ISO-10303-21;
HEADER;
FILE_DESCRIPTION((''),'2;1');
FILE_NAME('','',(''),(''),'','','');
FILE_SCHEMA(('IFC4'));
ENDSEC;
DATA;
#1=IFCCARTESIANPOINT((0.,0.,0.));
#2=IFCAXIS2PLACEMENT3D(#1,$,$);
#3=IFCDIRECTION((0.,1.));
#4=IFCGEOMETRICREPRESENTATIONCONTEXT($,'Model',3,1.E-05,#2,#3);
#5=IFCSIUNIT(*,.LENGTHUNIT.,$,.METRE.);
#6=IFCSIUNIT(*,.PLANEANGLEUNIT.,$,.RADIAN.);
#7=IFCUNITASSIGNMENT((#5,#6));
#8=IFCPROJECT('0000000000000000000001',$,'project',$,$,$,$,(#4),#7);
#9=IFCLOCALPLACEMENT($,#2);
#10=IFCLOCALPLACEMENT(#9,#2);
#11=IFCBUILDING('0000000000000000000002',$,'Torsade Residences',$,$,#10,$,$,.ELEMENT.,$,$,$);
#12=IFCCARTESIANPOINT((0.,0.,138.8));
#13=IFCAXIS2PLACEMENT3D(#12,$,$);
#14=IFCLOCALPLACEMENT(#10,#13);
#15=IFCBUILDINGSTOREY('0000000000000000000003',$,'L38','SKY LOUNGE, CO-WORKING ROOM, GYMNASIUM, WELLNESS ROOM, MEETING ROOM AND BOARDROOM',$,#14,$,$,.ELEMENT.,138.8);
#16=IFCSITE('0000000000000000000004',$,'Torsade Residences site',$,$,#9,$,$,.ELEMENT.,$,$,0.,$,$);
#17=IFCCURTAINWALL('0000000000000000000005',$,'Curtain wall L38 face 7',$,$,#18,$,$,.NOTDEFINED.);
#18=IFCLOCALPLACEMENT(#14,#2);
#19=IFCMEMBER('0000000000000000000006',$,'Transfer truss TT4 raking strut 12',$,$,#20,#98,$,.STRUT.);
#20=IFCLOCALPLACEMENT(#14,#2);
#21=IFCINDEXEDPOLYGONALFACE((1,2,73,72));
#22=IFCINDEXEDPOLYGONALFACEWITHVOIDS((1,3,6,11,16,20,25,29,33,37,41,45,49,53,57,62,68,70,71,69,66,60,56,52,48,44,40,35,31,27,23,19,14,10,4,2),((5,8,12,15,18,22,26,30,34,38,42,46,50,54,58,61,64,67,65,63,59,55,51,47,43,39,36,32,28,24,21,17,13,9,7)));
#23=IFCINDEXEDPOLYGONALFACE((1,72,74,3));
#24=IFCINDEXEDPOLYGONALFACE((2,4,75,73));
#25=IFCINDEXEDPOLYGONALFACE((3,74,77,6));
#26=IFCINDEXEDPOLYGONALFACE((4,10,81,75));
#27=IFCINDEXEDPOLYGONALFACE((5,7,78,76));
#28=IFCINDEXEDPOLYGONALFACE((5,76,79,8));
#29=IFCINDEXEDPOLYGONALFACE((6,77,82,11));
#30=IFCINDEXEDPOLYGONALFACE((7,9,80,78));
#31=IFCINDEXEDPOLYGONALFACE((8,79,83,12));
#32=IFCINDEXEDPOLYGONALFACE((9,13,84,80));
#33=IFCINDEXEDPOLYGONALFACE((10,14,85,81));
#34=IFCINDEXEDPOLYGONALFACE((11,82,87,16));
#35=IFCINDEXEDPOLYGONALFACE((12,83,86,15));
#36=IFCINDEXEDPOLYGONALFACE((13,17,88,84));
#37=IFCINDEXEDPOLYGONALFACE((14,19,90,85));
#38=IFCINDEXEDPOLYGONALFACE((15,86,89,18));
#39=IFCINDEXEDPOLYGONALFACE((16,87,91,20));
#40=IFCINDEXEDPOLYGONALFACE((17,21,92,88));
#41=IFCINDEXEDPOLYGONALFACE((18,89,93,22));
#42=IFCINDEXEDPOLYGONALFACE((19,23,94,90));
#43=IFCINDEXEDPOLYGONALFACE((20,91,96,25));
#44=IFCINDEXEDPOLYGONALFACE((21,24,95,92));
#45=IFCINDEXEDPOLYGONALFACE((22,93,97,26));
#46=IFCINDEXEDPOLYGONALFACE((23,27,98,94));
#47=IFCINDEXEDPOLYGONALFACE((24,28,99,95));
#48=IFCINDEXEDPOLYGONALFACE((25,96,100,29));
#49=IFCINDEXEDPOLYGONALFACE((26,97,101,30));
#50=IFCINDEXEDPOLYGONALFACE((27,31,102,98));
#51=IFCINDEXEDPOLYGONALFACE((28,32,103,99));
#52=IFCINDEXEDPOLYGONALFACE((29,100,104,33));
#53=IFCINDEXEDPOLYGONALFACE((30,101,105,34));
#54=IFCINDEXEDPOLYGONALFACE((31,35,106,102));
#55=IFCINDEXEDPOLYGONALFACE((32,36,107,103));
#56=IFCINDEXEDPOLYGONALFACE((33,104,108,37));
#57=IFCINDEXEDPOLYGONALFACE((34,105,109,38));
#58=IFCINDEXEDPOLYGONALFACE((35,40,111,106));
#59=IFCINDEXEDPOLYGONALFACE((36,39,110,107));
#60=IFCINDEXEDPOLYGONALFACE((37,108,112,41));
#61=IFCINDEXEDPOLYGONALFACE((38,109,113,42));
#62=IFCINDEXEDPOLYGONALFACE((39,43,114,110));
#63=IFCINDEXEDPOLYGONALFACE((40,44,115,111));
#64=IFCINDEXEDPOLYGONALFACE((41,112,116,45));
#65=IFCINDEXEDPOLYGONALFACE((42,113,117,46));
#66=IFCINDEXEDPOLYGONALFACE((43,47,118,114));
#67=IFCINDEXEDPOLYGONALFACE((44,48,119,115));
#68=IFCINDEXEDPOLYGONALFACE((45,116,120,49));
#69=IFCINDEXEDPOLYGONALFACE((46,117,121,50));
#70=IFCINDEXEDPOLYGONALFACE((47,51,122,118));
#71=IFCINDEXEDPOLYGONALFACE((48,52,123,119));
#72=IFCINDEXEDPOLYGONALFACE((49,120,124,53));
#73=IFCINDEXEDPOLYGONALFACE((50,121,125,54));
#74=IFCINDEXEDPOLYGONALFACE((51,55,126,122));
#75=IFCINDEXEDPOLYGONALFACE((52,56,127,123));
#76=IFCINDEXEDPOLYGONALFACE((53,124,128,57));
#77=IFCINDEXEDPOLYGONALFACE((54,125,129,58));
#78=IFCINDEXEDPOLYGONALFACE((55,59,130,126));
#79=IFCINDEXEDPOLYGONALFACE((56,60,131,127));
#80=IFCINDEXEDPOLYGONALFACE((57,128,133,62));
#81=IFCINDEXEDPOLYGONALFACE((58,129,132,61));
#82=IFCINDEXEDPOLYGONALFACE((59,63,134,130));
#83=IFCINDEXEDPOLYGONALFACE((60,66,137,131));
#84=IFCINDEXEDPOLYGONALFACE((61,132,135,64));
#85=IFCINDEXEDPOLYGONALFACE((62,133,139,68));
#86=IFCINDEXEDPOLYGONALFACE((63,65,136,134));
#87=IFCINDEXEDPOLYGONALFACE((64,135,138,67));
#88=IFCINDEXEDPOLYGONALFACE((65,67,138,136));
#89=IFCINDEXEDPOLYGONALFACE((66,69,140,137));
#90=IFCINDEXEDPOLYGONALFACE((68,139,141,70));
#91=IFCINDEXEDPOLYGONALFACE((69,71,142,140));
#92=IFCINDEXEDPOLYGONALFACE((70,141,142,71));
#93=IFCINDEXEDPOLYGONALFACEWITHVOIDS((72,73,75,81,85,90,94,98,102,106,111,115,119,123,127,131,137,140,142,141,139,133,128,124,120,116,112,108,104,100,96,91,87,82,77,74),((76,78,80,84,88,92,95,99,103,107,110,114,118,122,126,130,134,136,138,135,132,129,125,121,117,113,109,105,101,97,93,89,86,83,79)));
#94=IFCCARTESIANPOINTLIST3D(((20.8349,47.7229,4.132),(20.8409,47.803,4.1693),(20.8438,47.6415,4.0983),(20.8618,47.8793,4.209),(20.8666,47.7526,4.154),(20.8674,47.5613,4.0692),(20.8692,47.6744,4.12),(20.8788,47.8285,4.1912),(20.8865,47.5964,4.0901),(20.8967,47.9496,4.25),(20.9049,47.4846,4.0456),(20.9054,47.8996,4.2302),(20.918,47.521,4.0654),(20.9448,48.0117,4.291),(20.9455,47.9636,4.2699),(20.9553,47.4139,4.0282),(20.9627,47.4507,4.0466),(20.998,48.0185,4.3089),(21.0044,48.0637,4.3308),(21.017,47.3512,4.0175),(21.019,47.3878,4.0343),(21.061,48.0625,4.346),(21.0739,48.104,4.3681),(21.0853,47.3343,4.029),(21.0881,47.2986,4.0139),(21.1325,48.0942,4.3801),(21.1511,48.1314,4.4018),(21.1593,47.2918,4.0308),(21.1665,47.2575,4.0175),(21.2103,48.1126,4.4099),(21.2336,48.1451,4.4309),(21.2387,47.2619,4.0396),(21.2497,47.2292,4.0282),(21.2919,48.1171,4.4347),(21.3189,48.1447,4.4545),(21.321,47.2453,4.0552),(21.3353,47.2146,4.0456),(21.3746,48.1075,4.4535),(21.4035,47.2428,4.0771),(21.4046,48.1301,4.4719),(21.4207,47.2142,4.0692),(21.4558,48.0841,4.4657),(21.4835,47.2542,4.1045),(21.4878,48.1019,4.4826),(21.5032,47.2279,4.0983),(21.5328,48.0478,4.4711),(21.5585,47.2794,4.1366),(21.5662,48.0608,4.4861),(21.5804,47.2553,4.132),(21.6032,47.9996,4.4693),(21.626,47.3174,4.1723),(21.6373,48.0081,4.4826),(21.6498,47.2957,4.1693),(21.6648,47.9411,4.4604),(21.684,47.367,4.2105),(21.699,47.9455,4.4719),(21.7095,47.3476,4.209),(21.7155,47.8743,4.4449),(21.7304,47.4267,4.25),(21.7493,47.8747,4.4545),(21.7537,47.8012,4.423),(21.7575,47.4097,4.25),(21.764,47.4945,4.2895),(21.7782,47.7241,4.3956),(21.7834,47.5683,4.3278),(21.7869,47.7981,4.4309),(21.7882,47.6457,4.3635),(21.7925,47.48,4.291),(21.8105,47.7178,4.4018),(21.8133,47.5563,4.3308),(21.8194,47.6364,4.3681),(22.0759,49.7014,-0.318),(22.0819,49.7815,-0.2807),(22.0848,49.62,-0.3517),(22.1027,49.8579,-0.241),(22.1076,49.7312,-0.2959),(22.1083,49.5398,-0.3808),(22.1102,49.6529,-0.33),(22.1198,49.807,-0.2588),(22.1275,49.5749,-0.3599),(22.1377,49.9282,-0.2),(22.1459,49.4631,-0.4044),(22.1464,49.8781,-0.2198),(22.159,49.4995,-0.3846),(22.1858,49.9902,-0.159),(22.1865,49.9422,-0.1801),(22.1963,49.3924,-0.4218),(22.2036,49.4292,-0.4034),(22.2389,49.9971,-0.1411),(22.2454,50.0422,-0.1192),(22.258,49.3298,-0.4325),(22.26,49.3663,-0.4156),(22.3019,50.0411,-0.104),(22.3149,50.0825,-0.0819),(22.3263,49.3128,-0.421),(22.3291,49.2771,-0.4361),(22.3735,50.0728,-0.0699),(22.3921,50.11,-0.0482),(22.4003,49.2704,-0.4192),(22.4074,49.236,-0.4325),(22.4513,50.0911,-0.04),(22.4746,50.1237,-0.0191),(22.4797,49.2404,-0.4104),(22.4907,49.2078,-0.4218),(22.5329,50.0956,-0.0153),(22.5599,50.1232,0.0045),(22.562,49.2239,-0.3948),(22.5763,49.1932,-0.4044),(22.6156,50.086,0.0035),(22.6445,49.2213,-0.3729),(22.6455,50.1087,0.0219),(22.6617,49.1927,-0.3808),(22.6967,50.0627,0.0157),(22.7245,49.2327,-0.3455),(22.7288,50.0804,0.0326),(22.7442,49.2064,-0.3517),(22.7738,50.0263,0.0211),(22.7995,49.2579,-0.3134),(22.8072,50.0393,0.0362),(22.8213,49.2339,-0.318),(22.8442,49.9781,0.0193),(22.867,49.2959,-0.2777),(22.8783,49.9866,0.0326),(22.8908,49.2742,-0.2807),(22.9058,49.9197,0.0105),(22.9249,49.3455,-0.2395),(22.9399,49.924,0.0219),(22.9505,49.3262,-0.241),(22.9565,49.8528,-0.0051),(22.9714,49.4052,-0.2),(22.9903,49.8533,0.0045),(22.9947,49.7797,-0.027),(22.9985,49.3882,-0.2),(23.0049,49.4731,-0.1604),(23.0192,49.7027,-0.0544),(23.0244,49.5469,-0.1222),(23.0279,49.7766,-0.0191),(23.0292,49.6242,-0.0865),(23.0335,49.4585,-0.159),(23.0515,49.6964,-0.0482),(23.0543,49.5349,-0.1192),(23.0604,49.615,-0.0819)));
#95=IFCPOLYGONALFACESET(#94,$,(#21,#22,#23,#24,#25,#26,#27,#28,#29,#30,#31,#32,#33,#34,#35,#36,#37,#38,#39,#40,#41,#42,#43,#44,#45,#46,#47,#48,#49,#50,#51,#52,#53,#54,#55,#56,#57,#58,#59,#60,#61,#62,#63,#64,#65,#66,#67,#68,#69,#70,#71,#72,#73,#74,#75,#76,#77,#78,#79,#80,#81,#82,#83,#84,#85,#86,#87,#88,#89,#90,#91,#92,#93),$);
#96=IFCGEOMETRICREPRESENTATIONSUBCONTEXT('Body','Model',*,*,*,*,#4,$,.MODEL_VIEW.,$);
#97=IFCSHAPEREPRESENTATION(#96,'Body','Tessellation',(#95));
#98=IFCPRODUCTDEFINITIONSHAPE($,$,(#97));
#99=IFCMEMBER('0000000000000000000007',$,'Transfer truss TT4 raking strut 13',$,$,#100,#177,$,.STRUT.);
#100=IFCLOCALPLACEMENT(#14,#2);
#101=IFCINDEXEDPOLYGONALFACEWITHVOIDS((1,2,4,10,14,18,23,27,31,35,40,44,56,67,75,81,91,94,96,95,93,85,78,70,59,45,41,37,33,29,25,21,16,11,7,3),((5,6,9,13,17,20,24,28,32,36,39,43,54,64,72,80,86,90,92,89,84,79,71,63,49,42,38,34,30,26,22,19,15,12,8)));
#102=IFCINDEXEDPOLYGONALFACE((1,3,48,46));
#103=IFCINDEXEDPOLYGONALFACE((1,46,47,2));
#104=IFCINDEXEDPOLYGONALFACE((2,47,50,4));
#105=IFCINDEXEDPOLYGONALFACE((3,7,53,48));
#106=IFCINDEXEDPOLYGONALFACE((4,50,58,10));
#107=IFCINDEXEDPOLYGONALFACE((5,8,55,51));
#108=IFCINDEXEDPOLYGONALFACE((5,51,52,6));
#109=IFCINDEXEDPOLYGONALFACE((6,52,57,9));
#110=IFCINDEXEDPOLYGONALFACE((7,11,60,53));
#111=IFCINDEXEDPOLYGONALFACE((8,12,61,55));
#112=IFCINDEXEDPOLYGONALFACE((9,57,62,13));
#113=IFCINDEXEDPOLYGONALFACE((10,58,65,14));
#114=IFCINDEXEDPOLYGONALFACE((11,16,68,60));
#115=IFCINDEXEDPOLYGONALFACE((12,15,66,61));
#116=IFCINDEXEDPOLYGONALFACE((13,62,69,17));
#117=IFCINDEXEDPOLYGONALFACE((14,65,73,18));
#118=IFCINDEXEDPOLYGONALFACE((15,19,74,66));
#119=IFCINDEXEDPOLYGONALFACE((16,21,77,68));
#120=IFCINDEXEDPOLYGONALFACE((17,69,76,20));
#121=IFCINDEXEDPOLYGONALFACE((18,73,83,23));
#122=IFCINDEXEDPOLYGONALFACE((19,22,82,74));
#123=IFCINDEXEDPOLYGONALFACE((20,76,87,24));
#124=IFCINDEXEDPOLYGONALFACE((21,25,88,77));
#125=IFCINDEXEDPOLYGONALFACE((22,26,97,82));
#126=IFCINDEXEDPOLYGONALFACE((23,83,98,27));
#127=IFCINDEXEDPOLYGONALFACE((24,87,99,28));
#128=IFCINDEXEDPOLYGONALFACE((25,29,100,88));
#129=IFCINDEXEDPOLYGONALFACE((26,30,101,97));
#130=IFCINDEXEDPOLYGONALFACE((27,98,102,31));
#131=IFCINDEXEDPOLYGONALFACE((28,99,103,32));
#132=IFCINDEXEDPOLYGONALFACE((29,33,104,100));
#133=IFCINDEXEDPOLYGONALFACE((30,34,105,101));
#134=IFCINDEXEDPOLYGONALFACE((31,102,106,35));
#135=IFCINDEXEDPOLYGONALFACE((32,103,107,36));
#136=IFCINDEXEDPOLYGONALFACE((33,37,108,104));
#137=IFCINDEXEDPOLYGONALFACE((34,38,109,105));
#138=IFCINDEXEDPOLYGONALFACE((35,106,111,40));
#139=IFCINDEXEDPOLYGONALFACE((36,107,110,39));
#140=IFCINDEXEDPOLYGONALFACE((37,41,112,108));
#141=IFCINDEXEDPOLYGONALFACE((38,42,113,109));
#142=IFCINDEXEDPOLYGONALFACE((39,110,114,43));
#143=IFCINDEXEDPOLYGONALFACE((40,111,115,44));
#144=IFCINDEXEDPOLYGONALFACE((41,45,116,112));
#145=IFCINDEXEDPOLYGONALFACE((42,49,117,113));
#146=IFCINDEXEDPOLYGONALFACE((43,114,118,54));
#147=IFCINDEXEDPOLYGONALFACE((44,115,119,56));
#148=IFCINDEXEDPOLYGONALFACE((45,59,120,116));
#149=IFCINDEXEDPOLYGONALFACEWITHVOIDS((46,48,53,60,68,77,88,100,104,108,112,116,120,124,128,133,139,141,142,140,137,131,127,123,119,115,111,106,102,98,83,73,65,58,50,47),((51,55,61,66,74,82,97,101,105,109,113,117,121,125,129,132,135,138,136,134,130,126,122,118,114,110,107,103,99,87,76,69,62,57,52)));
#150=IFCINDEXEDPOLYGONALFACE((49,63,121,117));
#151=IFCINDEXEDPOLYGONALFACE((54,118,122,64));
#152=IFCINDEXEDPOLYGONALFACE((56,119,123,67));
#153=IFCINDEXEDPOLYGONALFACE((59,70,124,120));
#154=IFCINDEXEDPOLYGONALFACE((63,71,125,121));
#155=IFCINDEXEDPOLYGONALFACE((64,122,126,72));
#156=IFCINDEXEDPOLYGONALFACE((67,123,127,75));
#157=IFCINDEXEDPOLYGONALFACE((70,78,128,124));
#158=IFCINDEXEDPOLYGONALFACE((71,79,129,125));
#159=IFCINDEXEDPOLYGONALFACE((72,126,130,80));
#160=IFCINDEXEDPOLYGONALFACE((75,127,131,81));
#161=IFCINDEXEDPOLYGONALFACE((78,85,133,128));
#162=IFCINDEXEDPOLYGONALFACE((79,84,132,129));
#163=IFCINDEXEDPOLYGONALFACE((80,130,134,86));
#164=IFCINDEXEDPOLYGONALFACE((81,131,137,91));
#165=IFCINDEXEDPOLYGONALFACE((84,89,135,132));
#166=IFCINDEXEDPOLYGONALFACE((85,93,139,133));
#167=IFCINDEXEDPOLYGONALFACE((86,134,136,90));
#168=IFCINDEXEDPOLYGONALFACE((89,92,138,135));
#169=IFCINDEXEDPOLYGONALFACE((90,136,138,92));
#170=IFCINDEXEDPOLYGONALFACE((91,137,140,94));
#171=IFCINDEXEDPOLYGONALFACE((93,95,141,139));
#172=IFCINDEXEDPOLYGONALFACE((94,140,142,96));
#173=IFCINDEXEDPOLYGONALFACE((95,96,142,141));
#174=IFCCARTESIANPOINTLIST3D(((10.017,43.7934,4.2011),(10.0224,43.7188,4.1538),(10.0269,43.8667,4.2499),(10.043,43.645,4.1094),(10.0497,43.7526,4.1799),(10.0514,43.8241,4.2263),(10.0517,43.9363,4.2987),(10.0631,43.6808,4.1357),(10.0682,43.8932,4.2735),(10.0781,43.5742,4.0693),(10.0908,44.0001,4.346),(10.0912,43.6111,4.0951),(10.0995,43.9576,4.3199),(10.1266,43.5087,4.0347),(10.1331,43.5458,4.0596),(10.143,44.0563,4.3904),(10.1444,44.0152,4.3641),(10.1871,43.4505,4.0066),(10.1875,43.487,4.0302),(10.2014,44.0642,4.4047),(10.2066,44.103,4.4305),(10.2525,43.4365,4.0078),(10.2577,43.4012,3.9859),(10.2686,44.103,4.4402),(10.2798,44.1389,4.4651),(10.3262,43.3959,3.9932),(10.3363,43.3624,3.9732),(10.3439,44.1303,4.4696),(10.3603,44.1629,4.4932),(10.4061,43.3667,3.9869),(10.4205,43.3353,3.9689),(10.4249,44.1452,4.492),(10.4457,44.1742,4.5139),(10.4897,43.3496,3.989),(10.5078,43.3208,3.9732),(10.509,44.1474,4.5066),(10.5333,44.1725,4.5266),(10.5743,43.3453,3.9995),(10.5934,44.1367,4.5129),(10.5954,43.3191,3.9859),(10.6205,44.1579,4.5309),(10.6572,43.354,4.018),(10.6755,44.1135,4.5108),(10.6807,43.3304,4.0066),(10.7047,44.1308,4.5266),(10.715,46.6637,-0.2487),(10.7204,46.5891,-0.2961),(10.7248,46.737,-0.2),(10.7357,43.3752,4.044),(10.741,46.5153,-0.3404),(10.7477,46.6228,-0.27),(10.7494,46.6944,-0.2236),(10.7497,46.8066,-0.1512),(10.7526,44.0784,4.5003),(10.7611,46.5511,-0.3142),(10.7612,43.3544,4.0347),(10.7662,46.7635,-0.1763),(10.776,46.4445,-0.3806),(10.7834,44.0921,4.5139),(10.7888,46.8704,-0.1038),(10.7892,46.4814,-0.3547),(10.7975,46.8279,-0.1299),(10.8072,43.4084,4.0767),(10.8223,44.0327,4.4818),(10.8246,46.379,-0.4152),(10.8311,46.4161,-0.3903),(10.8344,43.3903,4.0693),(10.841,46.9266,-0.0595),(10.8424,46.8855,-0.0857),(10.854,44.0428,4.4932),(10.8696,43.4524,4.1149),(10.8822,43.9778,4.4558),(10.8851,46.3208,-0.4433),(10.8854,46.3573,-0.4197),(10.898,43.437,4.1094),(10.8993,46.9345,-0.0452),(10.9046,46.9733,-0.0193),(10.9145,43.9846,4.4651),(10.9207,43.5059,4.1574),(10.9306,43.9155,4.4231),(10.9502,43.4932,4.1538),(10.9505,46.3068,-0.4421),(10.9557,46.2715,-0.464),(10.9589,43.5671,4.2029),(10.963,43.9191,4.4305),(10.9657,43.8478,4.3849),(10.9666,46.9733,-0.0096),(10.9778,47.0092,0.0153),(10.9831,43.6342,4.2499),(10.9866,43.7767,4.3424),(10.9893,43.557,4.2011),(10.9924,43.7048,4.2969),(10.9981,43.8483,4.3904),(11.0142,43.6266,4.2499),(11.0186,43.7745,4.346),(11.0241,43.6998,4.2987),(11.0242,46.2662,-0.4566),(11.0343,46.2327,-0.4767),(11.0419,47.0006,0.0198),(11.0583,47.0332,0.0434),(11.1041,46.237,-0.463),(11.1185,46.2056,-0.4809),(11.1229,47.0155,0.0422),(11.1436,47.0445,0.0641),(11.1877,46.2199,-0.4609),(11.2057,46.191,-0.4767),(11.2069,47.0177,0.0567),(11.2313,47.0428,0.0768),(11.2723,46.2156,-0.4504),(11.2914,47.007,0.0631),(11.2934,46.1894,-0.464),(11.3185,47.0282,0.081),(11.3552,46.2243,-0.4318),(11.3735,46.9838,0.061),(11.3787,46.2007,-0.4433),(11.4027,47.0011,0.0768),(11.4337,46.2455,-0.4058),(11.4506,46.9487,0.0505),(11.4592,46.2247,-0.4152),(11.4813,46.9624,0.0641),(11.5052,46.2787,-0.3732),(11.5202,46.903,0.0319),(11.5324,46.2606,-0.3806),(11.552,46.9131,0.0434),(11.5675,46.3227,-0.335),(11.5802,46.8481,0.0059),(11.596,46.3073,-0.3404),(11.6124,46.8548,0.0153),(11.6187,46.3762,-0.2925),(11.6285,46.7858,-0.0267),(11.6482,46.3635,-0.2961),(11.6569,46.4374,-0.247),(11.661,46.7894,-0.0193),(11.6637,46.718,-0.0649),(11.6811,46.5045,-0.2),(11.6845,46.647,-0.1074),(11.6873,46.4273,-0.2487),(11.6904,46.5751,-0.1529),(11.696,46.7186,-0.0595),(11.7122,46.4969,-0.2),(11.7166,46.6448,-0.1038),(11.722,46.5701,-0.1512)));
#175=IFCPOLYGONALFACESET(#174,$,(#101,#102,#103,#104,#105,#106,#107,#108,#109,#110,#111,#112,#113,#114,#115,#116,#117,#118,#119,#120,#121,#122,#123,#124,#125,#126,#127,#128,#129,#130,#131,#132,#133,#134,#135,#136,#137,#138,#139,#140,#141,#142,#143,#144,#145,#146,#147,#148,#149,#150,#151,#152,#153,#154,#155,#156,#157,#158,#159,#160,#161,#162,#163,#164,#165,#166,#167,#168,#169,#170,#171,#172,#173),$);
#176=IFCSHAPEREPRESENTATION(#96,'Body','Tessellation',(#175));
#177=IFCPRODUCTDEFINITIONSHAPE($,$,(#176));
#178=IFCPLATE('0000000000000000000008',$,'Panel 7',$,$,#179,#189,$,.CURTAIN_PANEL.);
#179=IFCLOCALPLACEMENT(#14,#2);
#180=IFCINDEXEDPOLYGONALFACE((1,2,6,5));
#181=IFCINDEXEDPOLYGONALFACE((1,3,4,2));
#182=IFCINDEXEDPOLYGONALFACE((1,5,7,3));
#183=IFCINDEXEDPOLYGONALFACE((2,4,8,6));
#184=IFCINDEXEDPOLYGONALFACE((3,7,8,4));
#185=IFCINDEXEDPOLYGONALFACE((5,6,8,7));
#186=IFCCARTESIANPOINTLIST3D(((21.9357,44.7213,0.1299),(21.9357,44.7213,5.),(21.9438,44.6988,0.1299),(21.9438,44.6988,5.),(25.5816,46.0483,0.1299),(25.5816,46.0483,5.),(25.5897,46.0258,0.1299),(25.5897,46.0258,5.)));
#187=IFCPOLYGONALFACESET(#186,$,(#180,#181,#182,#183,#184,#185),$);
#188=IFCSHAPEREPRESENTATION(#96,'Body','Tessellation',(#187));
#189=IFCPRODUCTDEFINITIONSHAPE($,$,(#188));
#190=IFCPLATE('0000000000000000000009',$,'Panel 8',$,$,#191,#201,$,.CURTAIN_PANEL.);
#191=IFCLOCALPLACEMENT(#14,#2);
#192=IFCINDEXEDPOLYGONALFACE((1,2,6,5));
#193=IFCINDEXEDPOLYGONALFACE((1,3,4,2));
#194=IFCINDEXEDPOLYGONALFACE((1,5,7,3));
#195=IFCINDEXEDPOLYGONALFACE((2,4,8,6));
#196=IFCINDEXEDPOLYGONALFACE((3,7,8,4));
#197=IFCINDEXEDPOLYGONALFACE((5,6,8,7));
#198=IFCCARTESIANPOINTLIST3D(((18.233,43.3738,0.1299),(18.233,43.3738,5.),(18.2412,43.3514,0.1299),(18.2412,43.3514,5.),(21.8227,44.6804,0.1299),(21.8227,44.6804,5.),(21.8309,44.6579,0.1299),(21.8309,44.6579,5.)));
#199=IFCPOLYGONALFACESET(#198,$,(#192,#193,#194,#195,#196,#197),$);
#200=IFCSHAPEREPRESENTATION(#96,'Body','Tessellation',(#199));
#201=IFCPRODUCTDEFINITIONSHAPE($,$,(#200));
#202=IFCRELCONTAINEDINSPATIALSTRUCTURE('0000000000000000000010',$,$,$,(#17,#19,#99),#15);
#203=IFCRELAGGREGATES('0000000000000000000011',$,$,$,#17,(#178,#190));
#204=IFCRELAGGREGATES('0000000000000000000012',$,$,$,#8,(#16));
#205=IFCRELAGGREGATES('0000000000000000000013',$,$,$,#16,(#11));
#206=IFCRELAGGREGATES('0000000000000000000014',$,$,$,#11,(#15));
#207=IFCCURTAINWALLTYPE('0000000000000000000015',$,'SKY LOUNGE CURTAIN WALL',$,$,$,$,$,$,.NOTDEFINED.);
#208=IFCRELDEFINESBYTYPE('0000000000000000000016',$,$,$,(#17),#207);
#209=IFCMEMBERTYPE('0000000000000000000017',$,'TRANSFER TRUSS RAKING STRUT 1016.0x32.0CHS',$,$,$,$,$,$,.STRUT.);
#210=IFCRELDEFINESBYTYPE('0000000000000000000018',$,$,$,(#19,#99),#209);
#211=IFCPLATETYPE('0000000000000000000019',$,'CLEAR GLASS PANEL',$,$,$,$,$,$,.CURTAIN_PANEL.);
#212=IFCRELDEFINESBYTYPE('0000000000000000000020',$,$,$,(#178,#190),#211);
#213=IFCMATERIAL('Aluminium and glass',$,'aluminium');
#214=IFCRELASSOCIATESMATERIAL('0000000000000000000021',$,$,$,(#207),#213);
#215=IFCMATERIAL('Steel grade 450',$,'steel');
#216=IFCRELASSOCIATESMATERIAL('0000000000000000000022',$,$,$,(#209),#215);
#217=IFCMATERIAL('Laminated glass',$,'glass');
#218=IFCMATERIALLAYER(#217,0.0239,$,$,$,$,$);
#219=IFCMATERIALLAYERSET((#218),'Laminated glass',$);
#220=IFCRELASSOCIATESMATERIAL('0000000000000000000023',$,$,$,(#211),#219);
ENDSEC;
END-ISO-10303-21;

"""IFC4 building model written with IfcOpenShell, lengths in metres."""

from ifc_helpers import new_model, si_unit, direction, frame, origin, origin_2d, place, context, subcontext, project, spatial, rectangle, hollow_circle, extrude, material, layer, layer_set, material_profile, profile_set, type_object, element, aggregate, save


model = new_model("IFC4")

# Units and contexts
model_context = context("Model", 3, precision=1e-05, world=origin(), true_north=direction((0.0, 1.0)))
body_context = subcontext(model_context, "Body", "Model", "MODEL_VIEW")
ifc_project = project(units=[si_unit("LENGTHUNIT", "METRE"), si_unit("PLANEANGLEUNIT", "RADIAN")], contexts=[model_context])

# Site, building, storey
site_placement = place(None, origin())
site = spatial("IfcSite", under=ifc_project, at=site_placement, Name="Torsade Residences site", CompositionType="ELEMENT", RefElevation=0.0)
building_placement = place(site_placement, origin())
building = spatial("IfcBuilding", under=site, at=building_placement, Name="Torsade Residences", CompositionType="ELEMENT")
storey_placement = place(building_placement, frame((0.0, 0.0, 138.8)))
storey = spatial("IfcBuildingStorey", under=building, at=storey_placement, Name="L38", Description="SKY LOUNGE, CO-WORKING ROOM, GYMNASIUM, WELLNESS ROOM, MEETING ROOM AND BOARDROOM", CompositionType="ELEMENT", Elevation=138.8)

# Curtain wall
ifc_material_1 = material(Name="Aluminium and glass", Category="aluminium")
curtain_wall_type = type_object("IfcCurtainWallType", Name="SKY LOUNGE CURTAIN WALL", PredefinedType="NOTDEFINED", material=ifc_material_1)
curtain_wall_1_placement = place(storey_placement, origin())
curtain_wall_1 = element("IfcCurtainWall", 1, at=curtain_wall_1_placement, inside=storey, type_object=curtain_wall_type, Name="Curtain wall L38 face 7", PredefinedType="NOTDEFINED")

# Members
ifc_material_2 = material(Name="Steel grade 450", Category="steel")
ifc_material_profile_1 = material_profile(ifc_material_2, hollow_circle(Radius=0.5081, WallThickness=0.032, at=origin_2d()), Name="1016.0x32.0CHS")
ifc_profile_set_1 = profile_set([ifc_material_profile_1], Name="Steel grade 450")
member_type_1 = type_object("IfcMemberType", Name="TRANSFER TRUSS RAKING STRUT 1016.0x32.0CHS", PredefinedType="STRUT", material=ifc_profile_set_1)
member_1_placement = place(storey_placement, frame((22.5681, 49.6582, -0.2), z_axis=(-0.246929, -0.393688, 0.885458), x_axis=(0.847152, -0.531351, 0.0)))
element("IfcMember", 2, at=member_1_placement, inside=storey, type_object=member_type_1, Name="Transfer truss TT4 raking strut 12", PredefinedType="STRUT", context=body_context, shape_type="SweptSolid", body=[
    extrude(hollow_circle(Radius=0.5081, WallThickness=0.032, at=origin_2d()), origin(), (0.0, 0.0, 1.0), 5.0256),
])
member_2_placement = place(storey_placement, frame((11.2185, 46.6169, -0.2), z_axis=(-0.130682, -0.537402, 0.83314), x_axis=(0.971683, -0.236288, 0.0)))
element("IfcMember", 3, at=member_2_placement, inside=storey, type_object=member_type_1, Name="Transfer truss TT4 raking strut 13", PredefinedType="STRUT", context=body_context, shape_type="SweptSolid", body=[
    extrude(hollow_circle(Radius=0.5081, WallThickness=0.032, at=origin_2d()), origin(), (0.0, 0.0, 1.0), 5.3411),
])

# Plates
ifc_material_3 = material(Name="Laminated glass", Category="glass")
ifc_layer_1 = layer(ifc_material_3, 0.0239)
ifc_layer_set_1 = layer_set([ifc_layer_1], Name="Laminated glass")
plate_type = type_object("IfcPlateType", Name="CLEAR GLASS PANEL", PredefinedType="CURTAIN_PANEL", material=ifc_layer_set_1)
plate_1_placement = place(storey_placement, frame((23.7627, 45.3735, 0.1299), z_axis=(0.0, 0.0, 1.0), x_axis=(-0.939693, -0.34202, 0.0)))
plate_1 = element("IfcPlate", 4, at=plate_1_placement, type_object=plate_type, Name="Panel 7", PredefinedType="CURTAIN_PANEL", context=body_context, shape_type="SweptSolid", body=[
    extrude(rectangle(XDim=3.8799, YDim=0.0239, at=origin_2d()), origin(), (0.0, 0.0, 1.0), 4.8701),
])
plate_2_placement = place(storey_placement, frame((20.032, 44.0159, 0.1299), z_axis=(0.0, 0.0, 1.0), x_axis=(-0.939693, -0.34202, 0.0)))
plate_2 = element("IfcPlate", 5, at=plate_2_placement, type_object=plate_type, Name="Panel 8", PredefinedType="CURTAIN_PANEL", context=body_context, shape_type="SweptSolid", body=[
    extrude(rectangle(XDim=3.8201, YDim=0.0239, at=origin_2d()), origin(), (0.0, 0.0, 1.0), 4.8701),
])
aggregate(curtain_wall_1, [plate_1, plate_2])

save(model, "model.ifc")
